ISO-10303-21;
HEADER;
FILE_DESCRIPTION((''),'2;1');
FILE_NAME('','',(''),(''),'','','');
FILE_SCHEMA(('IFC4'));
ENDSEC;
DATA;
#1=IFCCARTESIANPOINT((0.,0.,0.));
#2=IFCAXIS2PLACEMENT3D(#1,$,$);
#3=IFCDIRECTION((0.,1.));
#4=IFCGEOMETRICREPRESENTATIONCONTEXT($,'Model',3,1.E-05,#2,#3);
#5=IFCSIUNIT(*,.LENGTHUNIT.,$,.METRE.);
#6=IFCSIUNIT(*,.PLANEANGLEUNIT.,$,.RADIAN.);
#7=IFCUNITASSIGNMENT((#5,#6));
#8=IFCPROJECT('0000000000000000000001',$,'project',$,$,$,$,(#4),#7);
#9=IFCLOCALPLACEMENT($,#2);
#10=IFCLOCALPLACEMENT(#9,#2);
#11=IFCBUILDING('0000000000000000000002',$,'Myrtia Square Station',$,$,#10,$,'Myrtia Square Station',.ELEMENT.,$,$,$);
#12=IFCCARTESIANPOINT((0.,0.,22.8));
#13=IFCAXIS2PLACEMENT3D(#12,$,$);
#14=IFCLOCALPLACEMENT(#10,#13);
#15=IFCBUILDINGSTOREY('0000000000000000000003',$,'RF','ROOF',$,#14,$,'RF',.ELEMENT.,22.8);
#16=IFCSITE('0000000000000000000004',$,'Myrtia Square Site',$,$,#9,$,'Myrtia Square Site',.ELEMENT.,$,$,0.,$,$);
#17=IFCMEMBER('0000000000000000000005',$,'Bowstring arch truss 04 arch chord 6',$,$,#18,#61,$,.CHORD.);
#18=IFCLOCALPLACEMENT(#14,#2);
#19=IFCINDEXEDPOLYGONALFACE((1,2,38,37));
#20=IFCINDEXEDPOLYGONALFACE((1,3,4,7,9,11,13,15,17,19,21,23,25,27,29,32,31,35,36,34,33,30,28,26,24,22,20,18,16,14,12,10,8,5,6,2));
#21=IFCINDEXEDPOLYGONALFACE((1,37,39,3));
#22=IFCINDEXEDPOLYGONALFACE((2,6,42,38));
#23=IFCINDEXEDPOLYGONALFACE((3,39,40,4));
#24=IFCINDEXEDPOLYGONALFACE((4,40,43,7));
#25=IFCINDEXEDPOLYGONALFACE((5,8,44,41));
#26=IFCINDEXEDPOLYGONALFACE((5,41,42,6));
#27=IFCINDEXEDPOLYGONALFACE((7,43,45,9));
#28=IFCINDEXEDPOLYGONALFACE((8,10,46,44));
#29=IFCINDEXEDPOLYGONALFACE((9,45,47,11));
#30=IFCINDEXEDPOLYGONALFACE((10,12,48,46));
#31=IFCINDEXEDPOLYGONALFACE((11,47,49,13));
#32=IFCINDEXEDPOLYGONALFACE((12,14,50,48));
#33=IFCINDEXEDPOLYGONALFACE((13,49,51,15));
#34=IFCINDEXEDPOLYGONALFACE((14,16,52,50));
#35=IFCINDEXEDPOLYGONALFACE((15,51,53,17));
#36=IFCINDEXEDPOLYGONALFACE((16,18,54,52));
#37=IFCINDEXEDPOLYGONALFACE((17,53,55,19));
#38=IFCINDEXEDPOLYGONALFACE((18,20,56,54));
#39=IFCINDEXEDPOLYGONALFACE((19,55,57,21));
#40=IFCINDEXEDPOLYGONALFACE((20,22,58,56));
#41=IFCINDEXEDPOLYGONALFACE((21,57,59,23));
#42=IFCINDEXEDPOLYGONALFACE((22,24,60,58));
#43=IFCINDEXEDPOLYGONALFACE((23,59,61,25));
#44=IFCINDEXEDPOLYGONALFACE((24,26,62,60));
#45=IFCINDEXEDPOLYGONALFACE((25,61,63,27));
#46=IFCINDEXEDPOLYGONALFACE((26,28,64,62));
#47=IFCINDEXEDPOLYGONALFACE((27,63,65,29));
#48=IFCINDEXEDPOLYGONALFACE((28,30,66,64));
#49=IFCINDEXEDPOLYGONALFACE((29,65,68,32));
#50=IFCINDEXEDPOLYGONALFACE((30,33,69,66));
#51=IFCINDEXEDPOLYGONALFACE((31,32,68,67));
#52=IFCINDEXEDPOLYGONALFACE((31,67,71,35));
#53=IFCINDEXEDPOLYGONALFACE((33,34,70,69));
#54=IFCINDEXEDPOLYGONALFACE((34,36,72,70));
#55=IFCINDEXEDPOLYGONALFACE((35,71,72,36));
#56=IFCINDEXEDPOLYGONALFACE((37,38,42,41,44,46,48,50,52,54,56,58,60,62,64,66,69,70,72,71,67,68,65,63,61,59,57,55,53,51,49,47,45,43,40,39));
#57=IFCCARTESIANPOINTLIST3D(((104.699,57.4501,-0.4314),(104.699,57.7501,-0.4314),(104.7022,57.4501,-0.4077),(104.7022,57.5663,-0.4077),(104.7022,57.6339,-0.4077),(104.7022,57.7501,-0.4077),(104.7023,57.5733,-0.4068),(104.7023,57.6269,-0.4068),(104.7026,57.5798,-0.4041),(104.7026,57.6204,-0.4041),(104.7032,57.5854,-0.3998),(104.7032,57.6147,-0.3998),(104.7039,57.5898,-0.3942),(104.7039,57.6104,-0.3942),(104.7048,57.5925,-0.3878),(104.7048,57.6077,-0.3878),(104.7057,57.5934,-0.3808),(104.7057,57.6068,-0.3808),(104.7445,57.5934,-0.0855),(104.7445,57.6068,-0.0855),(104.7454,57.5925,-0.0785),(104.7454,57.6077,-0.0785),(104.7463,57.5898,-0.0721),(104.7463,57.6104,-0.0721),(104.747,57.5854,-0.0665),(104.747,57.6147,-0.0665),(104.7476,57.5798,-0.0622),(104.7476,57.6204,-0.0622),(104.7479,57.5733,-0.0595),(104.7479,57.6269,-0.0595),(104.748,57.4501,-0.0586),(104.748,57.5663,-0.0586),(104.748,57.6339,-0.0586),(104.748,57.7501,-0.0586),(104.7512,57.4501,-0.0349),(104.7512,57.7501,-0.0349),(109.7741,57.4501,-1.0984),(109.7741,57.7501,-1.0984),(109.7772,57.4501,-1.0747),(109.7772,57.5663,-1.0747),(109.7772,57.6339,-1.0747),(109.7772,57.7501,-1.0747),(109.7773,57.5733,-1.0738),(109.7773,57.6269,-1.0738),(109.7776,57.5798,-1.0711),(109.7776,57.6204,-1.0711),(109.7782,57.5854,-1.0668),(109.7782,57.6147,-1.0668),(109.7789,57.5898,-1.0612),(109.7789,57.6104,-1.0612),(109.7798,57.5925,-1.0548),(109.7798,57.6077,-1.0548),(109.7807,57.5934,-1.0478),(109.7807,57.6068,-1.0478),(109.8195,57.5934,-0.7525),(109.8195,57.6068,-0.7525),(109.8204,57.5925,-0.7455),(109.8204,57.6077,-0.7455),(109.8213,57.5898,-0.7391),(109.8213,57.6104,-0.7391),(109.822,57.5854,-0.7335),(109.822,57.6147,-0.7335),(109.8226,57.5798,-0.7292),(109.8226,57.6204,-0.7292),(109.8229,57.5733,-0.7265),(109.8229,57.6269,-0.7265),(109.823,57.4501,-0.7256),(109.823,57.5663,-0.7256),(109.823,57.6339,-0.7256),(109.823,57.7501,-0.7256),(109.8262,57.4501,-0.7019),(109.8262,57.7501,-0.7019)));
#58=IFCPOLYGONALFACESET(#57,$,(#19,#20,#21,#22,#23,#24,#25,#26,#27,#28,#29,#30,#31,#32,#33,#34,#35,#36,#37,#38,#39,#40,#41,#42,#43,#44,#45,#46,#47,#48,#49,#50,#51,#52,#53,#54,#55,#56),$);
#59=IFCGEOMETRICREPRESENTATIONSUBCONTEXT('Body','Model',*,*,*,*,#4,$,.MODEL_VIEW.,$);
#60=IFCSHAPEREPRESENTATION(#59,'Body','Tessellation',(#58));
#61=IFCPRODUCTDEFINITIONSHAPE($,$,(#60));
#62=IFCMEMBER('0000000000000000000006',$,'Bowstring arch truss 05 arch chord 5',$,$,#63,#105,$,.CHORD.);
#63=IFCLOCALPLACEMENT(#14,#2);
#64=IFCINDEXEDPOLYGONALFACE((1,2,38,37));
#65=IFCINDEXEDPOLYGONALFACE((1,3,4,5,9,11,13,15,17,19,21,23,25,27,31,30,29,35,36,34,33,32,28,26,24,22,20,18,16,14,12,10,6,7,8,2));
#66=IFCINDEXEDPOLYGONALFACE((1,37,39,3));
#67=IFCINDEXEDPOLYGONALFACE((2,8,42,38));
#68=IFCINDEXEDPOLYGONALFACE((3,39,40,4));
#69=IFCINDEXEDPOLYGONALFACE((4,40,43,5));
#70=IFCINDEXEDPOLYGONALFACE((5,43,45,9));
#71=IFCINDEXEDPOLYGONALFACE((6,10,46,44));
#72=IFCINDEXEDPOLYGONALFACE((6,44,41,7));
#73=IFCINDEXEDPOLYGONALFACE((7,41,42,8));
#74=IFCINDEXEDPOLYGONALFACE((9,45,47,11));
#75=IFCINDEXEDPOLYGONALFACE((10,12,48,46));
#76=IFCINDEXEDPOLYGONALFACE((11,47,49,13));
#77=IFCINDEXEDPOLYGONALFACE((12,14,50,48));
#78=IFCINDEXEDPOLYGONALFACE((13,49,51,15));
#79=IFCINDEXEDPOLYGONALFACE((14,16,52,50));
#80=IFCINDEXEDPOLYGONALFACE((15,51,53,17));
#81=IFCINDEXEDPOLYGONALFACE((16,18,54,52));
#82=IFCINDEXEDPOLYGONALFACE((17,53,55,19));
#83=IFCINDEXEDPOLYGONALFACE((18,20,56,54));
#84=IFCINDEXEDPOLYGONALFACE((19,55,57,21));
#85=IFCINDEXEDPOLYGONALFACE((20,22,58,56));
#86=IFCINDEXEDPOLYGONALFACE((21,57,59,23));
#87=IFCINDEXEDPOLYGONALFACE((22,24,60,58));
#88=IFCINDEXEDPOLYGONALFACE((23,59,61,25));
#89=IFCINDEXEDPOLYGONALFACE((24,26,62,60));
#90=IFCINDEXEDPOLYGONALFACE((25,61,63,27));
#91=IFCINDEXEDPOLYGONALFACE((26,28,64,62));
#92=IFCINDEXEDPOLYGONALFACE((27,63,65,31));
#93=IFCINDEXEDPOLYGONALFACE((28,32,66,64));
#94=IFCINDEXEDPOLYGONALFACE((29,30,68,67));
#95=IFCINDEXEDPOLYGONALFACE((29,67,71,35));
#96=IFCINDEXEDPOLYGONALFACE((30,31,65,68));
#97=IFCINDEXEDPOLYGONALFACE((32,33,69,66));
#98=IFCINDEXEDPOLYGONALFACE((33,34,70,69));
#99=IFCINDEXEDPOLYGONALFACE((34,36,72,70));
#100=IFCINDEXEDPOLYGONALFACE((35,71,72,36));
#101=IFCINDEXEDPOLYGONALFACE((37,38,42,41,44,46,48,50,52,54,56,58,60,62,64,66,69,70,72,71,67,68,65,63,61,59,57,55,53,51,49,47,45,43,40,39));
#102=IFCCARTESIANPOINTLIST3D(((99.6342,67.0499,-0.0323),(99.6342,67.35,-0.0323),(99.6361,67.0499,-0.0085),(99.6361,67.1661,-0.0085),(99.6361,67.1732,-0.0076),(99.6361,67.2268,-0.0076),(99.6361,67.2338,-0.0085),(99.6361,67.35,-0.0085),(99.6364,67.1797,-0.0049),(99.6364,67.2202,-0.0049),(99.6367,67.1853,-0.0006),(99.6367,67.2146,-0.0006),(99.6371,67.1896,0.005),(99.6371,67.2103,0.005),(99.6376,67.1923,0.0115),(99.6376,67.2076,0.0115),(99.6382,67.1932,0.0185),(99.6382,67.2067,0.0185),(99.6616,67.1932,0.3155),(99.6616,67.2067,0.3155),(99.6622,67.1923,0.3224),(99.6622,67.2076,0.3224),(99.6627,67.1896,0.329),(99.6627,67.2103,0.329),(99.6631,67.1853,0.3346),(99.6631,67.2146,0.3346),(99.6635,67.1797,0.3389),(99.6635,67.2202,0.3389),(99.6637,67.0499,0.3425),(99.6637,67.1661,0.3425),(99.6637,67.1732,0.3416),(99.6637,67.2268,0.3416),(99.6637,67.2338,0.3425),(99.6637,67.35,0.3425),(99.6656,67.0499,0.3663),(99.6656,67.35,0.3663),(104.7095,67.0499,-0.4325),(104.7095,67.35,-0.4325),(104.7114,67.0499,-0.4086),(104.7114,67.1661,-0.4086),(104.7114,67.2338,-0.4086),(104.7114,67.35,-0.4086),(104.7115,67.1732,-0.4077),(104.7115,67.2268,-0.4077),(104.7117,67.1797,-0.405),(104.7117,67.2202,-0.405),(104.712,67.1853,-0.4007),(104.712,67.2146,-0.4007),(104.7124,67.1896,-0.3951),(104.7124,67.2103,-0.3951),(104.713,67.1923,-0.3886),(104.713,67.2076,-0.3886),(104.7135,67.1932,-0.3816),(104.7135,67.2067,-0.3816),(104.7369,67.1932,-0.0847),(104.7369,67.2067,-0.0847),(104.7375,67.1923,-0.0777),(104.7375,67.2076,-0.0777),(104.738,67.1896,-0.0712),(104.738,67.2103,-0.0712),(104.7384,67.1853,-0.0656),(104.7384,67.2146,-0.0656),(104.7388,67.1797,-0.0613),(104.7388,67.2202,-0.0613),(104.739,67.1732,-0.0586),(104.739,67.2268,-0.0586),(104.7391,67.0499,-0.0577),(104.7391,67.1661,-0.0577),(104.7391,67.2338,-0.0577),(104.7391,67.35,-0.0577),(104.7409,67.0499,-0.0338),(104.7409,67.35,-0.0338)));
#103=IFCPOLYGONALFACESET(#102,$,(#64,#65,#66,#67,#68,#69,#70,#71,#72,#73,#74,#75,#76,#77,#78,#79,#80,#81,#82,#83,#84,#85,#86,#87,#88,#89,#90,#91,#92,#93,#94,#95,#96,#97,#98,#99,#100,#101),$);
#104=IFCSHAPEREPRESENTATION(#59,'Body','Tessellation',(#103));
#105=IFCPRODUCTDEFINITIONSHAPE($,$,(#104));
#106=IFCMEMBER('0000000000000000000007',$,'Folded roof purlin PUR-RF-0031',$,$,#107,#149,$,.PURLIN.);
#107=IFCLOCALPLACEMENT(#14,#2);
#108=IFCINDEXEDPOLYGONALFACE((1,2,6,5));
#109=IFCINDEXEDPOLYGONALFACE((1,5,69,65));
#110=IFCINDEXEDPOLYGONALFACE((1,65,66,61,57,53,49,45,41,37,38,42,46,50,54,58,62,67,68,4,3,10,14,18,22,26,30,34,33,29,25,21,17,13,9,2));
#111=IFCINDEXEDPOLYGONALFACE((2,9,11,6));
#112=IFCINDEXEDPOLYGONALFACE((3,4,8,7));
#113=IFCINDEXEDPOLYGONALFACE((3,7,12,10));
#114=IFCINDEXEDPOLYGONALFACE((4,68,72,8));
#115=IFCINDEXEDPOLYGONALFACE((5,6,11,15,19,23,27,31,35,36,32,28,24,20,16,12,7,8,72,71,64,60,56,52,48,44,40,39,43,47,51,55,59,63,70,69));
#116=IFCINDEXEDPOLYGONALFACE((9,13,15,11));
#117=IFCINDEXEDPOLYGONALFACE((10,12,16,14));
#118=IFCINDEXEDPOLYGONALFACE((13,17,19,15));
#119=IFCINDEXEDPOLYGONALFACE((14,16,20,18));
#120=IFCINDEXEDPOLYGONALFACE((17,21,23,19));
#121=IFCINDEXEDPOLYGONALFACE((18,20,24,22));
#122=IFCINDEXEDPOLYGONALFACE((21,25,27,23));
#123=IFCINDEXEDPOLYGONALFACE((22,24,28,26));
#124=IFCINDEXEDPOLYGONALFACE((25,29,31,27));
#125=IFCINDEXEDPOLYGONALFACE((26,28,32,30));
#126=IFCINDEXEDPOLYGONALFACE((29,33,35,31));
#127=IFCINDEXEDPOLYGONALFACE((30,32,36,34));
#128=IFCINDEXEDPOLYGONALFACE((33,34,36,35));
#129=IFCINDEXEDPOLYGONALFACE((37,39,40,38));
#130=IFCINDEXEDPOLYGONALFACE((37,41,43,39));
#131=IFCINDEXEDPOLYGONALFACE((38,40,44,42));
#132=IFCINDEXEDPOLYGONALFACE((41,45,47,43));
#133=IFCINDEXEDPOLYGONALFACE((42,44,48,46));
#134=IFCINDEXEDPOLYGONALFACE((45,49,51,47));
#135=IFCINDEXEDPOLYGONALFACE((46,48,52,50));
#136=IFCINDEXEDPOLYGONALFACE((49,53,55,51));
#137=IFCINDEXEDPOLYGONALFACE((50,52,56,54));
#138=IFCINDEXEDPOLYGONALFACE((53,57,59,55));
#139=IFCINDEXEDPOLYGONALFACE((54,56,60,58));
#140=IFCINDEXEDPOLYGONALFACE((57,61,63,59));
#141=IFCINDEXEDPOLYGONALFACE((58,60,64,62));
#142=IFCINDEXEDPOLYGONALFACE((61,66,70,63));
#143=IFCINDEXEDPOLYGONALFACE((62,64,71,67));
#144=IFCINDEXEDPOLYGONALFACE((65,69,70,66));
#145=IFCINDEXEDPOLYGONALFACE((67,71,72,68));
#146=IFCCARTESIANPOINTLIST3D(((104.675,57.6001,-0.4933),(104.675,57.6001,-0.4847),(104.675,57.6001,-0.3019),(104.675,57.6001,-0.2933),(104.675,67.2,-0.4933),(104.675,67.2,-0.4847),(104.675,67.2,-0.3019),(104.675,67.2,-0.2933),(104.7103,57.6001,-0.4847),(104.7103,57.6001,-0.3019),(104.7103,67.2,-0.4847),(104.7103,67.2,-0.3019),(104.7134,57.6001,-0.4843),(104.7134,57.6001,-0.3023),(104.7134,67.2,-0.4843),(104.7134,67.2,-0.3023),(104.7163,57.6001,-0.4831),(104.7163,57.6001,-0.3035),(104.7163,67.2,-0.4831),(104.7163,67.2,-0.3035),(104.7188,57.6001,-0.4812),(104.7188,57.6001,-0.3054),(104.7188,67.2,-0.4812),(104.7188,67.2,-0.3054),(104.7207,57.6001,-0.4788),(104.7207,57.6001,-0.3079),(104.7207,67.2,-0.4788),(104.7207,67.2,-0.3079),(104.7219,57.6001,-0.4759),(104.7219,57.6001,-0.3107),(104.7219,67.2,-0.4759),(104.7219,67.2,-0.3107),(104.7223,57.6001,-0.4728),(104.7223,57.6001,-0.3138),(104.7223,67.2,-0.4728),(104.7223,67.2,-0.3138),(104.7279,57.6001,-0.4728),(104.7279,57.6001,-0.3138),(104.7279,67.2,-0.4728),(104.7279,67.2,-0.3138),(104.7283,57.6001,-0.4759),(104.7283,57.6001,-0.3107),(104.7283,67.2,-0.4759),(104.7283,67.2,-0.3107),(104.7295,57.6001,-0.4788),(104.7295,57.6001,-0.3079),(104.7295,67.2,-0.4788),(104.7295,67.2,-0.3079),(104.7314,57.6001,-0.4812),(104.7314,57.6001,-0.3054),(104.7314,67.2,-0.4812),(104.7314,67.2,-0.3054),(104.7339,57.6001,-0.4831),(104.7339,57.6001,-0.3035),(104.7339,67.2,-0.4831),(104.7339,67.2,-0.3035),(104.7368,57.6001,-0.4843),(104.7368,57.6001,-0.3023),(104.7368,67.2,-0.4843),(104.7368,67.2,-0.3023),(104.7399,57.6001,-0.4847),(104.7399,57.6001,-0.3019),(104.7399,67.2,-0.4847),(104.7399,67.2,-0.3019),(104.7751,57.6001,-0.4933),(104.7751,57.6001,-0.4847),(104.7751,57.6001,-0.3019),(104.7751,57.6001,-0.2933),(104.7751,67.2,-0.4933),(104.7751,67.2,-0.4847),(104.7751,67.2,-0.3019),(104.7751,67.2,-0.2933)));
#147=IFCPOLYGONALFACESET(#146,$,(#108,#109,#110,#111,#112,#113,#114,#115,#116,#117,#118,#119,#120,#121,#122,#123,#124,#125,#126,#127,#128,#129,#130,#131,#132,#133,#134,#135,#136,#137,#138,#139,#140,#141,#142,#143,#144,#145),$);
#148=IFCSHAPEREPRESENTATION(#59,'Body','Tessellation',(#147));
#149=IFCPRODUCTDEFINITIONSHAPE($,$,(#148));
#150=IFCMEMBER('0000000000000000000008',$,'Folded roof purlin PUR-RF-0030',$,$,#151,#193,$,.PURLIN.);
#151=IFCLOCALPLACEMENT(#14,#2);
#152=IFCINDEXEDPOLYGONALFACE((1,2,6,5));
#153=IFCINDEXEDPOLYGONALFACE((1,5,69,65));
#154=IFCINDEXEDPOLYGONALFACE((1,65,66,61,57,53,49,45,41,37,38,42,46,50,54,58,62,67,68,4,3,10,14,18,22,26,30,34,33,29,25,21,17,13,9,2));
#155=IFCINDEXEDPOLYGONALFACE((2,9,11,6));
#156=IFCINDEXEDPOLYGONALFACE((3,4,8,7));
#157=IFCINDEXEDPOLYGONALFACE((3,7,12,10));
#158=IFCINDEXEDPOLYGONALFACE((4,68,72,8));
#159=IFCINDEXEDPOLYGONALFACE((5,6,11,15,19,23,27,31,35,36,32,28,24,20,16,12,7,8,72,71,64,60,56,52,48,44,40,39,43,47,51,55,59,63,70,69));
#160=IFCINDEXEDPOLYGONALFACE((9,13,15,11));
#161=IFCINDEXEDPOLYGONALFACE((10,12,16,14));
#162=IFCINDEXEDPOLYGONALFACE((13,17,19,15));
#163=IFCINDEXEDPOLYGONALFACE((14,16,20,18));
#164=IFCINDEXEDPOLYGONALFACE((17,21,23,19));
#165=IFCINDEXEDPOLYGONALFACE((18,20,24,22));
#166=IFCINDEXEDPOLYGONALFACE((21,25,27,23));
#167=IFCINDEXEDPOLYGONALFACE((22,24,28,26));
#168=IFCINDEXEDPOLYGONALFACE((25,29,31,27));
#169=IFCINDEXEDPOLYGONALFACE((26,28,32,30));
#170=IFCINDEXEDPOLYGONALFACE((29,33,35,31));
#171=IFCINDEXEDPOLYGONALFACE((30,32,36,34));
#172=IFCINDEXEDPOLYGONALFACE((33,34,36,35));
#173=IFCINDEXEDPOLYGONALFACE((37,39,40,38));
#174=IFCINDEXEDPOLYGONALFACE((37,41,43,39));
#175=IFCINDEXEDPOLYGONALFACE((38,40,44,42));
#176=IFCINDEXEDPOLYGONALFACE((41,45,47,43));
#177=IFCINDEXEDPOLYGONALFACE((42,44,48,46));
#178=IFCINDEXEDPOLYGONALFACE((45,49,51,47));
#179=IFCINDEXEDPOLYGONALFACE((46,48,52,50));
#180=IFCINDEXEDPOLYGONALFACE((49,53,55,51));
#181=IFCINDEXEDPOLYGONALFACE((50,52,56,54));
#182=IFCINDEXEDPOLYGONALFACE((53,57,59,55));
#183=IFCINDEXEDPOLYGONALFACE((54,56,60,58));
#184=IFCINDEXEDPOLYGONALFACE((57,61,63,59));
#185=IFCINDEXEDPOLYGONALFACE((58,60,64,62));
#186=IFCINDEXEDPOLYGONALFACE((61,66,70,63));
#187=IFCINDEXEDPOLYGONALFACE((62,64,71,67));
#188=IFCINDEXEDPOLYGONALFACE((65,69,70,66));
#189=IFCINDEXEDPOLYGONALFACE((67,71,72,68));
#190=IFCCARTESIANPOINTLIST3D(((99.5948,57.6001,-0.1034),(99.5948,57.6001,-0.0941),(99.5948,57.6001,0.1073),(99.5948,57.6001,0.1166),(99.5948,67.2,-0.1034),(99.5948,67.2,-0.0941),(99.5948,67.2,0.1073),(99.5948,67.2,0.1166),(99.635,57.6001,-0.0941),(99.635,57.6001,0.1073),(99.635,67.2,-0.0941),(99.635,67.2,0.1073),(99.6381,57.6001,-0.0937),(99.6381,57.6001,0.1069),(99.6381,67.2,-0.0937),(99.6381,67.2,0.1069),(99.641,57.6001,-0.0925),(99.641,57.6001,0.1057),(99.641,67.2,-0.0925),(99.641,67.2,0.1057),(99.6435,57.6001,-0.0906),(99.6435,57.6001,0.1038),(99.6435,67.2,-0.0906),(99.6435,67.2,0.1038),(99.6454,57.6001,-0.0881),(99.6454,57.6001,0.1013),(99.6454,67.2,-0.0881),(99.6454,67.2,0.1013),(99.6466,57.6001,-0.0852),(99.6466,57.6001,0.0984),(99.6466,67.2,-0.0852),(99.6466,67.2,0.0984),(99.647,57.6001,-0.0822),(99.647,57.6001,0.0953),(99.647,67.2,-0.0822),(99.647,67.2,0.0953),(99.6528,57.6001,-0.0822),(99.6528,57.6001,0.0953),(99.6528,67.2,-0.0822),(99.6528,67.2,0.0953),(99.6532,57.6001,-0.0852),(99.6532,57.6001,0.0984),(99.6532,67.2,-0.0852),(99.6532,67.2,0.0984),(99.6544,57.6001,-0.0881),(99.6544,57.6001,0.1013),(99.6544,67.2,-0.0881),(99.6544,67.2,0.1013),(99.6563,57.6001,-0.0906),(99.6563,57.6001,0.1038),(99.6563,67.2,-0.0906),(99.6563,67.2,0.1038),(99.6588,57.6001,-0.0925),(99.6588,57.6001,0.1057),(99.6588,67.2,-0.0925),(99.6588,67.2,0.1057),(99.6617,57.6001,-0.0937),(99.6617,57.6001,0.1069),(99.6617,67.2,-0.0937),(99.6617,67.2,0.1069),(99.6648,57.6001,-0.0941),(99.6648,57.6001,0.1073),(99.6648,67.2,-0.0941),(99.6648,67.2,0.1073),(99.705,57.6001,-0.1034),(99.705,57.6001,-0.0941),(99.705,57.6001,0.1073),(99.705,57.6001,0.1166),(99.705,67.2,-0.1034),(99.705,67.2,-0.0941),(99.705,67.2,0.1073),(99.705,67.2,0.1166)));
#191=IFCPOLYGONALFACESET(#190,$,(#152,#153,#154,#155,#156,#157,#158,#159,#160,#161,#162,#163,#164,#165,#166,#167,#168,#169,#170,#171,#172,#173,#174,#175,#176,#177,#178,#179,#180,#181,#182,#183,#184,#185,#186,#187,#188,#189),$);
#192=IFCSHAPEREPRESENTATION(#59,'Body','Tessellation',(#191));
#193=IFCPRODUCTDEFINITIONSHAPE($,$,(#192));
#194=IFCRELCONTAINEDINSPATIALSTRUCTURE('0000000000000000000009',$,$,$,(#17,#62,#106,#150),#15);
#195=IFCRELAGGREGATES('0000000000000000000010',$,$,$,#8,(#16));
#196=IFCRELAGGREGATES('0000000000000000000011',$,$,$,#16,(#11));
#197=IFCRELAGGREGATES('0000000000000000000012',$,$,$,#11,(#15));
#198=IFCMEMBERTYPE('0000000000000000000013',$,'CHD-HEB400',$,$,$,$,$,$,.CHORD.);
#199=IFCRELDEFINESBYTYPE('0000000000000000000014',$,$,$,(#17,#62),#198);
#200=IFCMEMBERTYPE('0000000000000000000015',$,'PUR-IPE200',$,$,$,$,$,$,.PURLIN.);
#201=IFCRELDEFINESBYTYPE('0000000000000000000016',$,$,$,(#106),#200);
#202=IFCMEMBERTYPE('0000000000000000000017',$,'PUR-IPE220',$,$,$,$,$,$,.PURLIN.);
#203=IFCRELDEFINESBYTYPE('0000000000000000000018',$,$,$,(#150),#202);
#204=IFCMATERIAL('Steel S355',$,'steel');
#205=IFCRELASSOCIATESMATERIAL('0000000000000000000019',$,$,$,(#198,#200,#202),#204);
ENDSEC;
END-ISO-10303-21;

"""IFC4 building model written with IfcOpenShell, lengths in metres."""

from ifc_helpers import new_model, si_unit, direction, frame, origin, origin_2d, place, context, subcontext, project, spatial, i_section, extrude, material, material_profile, profile_set, type_object, element, save


model = new_model("IFC4")

# Units and contexts
model_context = context("Model", 3, precision=1e-05, world=origin(), true_north=direction((0.0, 1.0)))
body_context = subcontext(model_context, "Body", "Model", "MODEL_VIEW")
ifc_project = project(units=[si_unit("LENGTHUNIT", "METRE"), si_unit("PLANEANGLEUNIT", "RADIAN")], contexts=[model_context])

# Site, building, storey
site_placement = place(None, origin())
site = spatial("IfcSite", under=ifc_project, at=site_placement, Name="Myrtia Square Site", LongName="Myrtia Square Site", CompositionType="ELEMENT", RefElevation=0.0)
building_placement = place(site_placement, origin())
building = spatial("IfcBuilding", under=site, at=building_placement, Name="Myrtia Square Station", LongName="Myrtia Square Station", CompositionType="ELEMENT")
storey_placement = place(building_placement, frame((0.0, 0.0, 22.8)))
storey = spatial("IfcBuildingStorey", under=building, at=storey_placement, Name="RF", Description="ROOF", LongName="RF", CompositionType="ELEMENT", Elevation=22.8)

# Members
ifc_material_1 = material(Name="Steel S355", Category="steel")
ifc_material_profile_1 = material_profile(ifc_material_1, i_section(OverallWidth=0.3, OverallDepth=0.3999, WebThickness=0.0134, FlangeThickness=0.0239, FilletRadius=0.0271, at=origin_2d()), Name="HEB 400")
ifc_profile_set_1 = profile_set([ifc_material_profile_1], Name="Steel S355")
member_type_1 = type_object("IfcMemberType", Name="CHD-HEB400", PredefinedType="CHORD", material=ifc_profile_set_1)
member_1_placement = place(storey_placement, frame((104.7251, 57.6001, -0.2332), z_axis=(0.991474, 0.0, -0.130308), x_axis=(0.0, 1.0, 0.0)))
element("IfcMember", 1, at=member_1_placement, inside=storey, type_object=member_type_1, Name="Bowstring arch truss 04 arch chord 6", PredefinedType="CHORD", context=body_context, shape_type="SweptSolid", body=[
    extrude(i_section(OverallWidth=0.3, OverallDepth=0.3999, WebThickness=0.0134, FlangeThickness=0.0239, FilletRadius=0.0271, at=origin_2d()), origin(), (0.0, 0.0, 1.0), 5.1187),
])
member_2_placement = place(storey_placement, frame((99.6499, 67.2, 0.167), z_axis=(0.996906, 0.0, -0.0786), x_axis=(0.0, 1.0, 0.0)))
element("IfcMember", 2, at=member_2_placement, inside=storey, type_object=member_type_1, Name="Bowstring arch truss 05 arch chord 5", PredefinedType="CHORD", context=body_context, shape_type="SweptSolid", body=[
    extrude(i_section(OverallWidth=0.3, OverallDepth=0.3999, WebThickness=0.0134, FlangeThickness=0.0239, FilletRadius=0.0271, at=origin_2d()), origin(), (0.0, 0.0, 1.0), 5.0911),
])
ifc_material_profile_2 = material_profile(ifc_material_1, i_section(OverallWidth=0.1001, OverallDepth=0.2, WebThickness=0.0056, FlangeThickness=0.0085, FilletRadius=0.012, at=origin_2d()), Name="IPE 200")
ifc_profile_set_2 = profile_set([ifc_material_profile_2], Name="Steel S355")
member_type_2 = type_object("IfcMemberType", Name="PUR-IPE200", PredefinedType="PURLIN", material=ifc_profile_set_2)
member_3_placement = place(storey_placement, frame((104.7251, 57.6001, -0.3933), z_axis=(0.0, 1.0, 0.0), x_axis=(-1.0, 0.0, 0.0)))
element("IfcMember", 3, at=member_3_placement, inside=storey, type_object=member_type_2, Name="Folded roof purlin PUR-RF-0031", PredefinedType="PURLIN", context=body_context, shape_type="SweptSolid", body=[
    extrude(i_section(OverallWidth=0.1001, OverallDepth=0.2, WebThickness=0.0056, FlangeThickness=0.0085, FilletRadius=0.012, at=origin_2d()), origin(), (0.0, 0.0, 1.0), 9.5999),
])
ifc_material_profile_3 = material_profile(ifc_material_1, i_section(OverallWidth=0.1101, OverallDepth=0.22, WebThickness=0.0059, FlangeThickness=0.0093, FilletRadius=0.012, at=origin_2d()), Name="IPE 220")
ifc_profile_set_3 = profile_set([ifc_material_profile_3], Name="Steel S355")
member_type_3 = type_object("IfcMemberType", Name="PUR-IPE220", PredefinedType="PURLIN", material=ifc_profile_set_3)
for number, where, z_axis, x_axis, name in (
    (4, (99.6499, 57.6001, 0.0066), (0.0, 1.0, 0.0), (-1.0, 0.0, 0.0), "Folded roof purlin PUR-RF-0030"),
):
    element("IfcMember", number, at=place(storey_placement, frame(where, z_axis=z_axis, x_axis=x_axis)), inside=storey, type_object=member_type_3, Name=name, PredefinedType="PURLIN", context=body_context, shape_type="SweptSolid", body=[
        extrude(i_section(OverallWidth=0.1101, OverallDepth=0.22, WebThickness=0.0059, FlangeThickness=0.0093, FilletRadius=0.012, at=origin_2d()), origin(), (0.0, 0.0, 1.0), 9.5999),
    ])

save(model, "model.ifc")
